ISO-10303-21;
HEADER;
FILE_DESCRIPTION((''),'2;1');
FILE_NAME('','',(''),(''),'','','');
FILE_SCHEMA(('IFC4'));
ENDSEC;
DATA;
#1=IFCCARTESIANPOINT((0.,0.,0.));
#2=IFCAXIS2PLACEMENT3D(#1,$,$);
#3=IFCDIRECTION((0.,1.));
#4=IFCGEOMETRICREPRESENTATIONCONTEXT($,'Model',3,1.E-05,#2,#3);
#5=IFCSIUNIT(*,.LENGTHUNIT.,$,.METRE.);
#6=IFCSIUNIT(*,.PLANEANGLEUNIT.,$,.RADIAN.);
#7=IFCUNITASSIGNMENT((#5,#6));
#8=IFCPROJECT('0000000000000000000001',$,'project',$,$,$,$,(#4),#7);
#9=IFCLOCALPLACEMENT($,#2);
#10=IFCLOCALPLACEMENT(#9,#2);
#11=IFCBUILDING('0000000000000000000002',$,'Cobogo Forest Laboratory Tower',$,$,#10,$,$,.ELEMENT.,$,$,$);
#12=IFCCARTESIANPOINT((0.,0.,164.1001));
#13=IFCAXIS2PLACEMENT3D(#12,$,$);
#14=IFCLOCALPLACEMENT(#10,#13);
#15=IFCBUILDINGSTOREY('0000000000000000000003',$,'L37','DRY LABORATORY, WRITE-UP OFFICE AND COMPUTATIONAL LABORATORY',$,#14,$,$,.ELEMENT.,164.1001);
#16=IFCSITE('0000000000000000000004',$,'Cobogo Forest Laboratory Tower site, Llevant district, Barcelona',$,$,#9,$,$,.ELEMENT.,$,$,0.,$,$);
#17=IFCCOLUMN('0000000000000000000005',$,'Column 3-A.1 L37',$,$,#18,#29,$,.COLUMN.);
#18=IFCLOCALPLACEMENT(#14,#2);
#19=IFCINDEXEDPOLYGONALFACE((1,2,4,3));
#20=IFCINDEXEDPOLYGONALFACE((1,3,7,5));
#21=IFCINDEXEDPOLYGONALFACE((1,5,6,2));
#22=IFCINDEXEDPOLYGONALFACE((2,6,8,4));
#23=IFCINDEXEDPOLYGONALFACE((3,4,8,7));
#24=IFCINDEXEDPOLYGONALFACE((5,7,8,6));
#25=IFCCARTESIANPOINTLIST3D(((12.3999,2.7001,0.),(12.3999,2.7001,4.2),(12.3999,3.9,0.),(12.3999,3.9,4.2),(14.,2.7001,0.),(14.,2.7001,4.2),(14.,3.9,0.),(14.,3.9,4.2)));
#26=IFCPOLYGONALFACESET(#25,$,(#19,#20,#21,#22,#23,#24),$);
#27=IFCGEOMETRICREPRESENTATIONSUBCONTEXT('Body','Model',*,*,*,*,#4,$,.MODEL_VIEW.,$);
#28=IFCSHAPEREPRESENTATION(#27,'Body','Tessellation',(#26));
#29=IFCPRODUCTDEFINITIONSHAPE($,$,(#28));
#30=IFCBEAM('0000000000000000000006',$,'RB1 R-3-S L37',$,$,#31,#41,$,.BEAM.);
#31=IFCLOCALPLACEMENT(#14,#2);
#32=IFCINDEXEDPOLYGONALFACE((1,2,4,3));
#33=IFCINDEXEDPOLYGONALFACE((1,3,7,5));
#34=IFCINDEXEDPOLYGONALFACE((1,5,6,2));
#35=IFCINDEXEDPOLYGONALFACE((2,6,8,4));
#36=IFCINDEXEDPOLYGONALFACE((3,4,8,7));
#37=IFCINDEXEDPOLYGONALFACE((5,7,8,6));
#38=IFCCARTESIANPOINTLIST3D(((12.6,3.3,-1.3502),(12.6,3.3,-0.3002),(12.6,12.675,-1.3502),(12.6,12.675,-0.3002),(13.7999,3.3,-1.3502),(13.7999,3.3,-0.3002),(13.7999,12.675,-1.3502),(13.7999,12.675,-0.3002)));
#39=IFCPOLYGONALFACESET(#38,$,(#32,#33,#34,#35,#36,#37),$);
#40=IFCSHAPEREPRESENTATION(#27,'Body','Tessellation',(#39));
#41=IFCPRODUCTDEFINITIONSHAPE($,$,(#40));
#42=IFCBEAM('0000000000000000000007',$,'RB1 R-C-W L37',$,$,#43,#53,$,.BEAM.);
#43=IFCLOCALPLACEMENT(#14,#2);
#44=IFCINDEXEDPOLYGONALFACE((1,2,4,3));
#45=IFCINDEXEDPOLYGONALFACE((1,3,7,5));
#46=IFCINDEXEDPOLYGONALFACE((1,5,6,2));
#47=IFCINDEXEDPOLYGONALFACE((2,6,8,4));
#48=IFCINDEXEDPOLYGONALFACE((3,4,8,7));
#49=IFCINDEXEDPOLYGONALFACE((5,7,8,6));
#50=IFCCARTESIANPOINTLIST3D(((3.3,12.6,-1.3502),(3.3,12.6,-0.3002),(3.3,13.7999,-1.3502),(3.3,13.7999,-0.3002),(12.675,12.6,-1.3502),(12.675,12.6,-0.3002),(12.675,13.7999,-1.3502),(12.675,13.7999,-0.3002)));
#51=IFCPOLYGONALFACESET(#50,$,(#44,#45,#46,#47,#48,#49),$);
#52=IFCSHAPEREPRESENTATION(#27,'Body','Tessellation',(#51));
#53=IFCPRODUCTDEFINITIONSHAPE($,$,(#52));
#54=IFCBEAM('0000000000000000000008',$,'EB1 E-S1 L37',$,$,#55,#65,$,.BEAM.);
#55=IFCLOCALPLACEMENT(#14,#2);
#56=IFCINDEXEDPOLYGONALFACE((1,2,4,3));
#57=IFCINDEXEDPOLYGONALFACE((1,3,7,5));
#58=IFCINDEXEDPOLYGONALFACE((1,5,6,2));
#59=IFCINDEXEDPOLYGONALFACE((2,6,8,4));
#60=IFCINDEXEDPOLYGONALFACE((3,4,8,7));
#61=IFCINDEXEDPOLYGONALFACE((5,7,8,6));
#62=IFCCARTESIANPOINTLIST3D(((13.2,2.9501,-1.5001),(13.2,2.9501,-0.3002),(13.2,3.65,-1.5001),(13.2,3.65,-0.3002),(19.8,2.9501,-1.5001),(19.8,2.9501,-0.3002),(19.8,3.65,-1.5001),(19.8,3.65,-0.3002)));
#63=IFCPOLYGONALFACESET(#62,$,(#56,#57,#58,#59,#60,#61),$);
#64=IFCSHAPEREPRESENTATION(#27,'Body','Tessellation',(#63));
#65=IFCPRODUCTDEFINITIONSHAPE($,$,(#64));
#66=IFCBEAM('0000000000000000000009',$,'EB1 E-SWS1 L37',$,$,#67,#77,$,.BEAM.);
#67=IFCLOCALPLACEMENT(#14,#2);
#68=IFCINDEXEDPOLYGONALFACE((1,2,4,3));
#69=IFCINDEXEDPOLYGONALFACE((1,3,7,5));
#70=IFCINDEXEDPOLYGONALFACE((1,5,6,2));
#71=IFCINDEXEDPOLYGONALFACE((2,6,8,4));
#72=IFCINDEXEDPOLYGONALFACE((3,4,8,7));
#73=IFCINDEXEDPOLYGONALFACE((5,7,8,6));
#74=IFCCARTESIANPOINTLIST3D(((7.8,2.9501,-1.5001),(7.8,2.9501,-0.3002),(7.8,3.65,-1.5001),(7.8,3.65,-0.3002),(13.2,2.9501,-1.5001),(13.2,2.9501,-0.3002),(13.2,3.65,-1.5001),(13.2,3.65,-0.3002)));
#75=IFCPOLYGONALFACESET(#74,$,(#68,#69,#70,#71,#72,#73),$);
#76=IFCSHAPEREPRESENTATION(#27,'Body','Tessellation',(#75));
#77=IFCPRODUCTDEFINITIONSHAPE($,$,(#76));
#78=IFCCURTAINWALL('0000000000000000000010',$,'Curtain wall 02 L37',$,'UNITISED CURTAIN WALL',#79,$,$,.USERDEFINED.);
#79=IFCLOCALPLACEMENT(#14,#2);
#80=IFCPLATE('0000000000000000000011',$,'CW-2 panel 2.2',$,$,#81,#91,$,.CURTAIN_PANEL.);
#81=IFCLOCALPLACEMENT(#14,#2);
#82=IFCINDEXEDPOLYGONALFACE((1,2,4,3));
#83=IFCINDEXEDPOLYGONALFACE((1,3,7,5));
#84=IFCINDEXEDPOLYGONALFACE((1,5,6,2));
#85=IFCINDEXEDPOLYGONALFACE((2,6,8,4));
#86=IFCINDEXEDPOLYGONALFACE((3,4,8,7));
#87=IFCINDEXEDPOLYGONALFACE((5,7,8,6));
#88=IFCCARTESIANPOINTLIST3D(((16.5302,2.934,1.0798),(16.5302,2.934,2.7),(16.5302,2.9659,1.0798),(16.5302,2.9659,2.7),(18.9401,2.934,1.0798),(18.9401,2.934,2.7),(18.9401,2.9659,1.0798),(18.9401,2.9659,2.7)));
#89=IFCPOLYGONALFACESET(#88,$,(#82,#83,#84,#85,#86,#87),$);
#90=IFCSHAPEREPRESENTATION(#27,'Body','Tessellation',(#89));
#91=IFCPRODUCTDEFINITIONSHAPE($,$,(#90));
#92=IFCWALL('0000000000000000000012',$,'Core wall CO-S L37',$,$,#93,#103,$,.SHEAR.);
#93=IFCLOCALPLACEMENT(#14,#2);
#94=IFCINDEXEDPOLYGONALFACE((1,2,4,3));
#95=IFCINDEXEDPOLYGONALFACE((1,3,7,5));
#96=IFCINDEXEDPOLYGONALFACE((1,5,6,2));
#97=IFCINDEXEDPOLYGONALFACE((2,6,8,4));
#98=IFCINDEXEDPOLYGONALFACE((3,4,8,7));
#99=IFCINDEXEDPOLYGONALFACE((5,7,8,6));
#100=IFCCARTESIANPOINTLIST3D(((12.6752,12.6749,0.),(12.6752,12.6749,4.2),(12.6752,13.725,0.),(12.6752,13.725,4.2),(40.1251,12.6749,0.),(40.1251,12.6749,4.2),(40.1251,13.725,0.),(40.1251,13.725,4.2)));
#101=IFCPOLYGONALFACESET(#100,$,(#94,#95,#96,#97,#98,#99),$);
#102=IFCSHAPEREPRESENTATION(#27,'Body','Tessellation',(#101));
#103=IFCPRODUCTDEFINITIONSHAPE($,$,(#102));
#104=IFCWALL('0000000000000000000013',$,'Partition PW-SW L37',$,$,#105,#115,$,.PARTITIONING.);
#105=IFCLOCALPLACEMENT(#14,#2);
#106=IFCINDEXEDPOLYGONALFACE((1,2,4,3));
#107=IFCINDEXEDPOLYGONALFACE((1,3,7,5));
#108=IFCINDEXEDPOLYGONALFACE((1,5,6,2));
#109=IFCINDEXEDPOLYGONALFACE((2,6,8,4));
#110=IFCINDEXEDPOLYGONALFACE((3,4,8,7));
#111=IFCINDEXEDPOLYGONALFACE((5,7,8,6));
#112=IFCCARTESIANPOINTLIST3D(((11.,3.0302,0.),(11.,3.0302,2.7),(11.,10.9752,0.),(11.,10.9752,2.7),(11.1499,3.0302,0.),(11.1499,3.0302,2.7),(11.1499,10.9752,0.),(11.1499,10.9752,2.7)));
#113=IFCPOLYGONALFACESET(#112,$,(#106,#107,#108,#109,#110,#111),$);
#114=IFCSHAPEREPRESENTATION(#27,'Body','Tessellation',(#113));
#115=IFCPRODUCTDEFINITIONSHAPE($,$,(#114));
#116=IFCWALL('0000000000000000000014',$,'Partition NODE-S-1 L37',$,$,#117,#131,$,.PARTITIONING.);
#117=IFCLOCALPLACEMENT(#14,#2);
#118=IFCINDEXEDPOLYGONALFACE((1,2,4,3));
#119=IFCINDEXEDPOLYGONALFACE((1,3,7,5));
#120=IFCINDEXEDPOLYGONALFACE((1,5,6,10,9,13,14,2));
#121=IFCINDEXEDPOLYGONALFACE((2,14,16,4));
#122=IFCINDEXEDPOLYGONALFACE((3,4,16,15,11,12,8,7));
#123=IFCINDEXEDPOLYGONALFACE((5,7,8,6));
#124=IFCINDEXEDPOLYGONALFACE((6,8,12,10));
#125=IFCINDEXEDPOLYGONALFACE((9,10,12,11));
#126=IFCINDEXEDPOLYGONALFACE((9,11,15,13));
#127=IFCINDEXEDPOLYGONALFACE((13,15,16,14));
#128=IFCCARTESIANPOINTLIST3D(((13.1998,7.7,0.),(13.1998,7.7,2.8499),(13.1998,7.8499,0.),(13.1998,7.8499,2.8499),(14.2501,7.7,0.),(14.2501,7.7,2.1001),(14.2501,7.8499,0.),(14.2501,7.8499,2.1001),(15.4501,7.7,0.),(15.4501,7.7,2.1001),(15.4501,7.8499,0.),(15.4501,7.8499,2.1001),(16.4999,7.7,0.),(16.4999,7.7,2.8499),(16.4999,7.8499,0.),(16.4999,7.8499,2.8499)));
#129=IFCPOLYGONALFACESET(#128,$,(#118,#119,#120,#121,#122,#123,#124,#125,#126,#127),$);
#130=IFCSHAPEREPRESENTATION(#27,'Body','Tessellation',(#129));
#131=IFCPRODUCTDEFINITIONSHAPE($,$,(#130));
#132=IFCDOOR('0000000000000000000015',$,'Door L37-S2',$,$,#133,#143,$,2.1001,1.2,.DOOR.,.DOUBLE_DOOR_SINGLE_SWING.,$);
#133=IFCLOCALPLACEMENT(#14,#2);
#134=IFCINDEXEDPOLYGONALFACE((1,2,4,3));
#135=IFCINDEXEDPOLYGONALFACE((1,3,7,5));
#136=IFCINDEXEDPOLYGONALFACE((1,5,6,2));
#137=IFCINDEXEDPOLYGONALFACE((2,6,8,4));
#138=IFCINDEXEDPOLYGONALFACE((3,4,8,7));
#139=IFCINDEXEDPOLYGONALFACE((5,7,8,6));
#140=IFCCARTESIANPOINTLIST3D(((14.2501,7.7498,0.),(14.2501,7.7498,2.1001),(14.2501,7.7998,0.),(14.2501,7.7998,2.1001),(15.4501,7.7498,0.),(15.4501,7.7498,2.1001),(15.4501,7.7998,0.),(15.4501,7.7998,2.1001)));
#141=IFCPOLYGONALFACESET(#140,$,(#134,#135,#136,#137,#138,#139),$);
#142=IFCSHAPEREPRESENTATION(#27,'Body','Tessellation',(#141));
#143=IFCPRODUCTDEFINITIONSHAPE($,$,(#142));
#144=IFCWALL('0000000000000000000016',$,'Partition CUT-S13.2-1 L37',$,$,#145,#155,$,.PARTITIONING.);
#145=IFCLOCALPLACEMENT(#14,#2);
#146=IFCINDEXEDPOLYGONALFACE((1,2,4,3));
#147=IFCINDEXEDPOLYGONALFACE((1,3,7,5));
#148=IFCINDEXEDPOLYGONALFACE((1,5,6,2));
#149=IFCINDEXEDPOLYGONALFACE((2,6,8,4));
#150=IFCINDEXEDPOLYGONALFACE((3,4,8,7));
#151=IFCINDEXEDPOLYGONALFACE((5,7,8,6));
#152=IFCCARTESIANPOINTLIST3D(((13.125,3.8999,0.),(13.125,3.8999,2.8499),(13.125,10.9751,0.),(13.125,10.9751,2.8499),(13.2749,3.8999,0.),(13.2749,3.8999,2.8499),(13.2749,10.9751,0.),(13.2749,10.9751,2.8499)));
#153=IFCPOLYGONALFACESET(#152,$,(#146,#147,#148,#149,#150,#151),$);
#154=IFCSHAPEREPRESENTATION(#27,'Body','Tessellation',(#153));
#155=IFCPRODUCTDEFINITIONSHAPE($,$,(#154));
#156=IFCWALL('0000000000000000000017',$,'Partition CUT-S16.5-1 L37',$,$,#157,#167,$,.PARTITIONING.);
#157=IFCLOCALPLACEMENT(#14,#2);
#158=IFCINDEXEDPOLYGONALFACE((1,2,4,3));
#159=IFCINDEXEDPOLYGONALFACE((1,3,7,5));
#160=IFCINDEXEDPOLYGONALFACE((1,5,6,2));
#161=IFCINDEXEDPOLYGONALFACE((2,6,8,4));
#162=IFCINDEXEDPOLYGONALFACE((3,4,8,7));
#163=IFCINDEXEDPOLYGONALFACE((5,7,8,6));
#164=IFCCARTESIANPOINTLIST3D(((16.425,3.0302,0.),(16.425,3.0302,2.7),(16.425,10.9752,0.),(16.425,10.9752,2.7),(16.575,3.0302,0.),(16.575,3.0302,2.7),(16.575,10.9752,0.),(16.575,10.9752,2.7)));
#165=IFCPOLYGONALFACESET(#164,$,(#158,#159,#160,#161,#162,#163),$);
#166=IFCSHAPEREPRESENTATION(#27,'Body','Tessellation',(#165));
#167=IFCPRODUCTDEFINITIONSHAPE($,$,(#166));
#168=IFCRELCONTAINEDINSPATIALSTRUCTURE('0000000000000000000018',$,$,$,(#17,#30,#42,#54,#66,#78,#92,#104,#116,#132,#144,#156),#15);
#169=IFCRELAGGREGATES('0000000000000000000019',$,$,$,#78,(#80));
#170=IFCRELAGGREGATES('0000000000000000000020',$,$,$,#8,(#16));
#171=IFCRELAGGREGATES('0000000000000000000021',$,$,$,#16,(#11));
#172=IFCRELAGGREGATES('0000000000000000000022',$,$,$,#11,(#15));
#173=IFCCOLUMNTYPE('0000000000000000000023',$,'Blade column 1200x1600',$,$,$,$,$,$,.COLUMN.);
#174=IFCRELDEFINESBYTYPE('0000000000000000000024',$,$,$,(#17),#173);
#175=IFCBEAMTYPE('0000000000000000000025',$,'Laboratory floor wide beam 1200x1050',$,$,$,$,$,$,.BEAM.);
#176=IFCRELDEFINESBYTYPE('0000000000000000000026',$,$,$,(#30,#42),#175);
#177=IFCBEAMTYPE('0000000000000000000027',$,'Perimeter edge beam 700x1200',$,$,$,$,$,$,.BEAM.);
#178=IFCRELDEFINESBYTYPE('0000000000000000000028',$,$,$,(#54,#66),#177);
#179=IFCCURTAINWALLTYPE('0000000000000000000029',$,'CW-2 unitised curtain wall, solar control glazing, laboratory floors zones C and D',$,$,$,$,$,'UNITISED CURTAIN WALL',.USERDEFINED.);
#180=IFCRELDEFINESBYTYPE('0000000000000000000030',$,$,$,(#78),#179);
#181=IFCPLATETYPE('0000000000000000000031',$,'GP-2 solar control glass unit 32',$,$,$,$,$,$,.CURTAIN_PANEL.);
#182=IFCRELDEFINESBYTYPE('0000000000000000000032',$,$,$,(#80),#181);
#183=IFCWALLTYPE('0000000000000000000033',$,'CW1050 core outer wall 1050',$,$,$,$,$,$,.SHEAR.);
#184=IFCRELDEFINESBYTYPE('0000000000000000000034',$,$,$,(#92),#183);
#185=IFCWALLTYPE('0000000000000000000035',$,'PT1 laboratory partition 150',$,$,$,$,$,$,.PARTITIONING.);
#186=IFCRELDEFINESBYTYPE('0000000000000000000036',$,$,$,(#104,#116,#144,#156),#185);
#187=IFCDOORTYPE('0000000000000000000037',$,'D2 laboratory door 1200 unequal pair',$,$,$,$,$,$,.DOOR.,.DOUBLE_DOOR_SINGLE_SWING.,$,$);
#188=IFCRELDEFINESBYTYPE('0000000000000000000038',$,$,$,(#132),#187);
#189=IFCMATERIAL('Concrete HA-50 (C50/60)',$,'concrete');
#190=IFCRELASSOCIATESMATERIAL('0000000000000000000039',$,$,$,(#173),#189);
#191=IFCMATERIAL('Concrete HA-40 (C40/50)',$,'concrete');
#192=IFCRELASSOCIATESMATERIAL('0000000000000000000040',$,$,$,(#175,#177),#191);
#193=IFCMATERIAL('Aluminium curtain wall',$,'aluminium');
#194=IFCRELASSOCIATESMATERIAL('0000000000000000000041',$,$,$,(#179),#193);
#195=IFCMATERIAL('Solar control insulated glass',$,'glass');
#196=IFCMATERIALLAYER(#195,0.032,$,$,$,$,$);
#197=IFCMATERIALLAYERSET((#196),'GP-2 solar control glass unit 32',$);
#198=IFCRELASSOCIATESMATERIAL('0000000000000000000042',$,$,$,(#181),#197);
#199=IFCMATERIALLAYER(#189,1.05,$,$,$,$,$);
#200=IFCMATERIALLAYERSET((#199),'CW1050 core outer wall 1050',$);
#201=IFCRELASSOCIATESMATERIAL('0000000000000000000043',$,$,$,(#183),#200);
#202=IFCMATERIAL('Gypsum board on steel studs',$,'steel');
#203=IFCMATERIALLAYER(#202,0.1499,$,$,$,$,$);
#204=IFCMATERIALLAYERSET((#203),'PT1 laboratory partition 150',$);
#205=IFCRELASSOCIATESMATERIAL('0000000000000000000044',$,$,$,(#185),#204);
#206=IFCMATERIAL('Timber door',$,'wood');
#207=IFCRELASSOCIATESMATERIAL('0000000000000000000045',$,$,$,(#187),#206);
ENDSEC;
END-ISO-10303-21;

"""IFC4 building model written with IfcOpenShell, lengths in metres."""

from ifc_helpers import new_model, si_unit, direction, frame, frame_2d, origin, origin_2d, place, context, subcontext, project, spatial, rectangle, extrude, material, layer, layer_set, material_profile, profile_set, type_object, element, fill, aggregate, save


model = new_model("IFC4")

# Units and contexts
model_context = context("Model", 3, precision=1e-05, world=origin(), true_north=direction((0.0, 1.0)))
body_context = subcontext(model_context, "Body", "Model", "MODEL_VIEW")
ifc_project = project(units=[si_unit("LENGTHUNIT", "METRE"), si_unit("PLANEANGLEUNIT", "RADIAN")], contexts=[model_context])

# Site, building, storey
site_placement = place(None, origin())
site = spatial("IfcSite", under=ifc_project, at=site_placement, Name="Cobogo Forest Laboratory Tower site, Llevant district, Barcelona", CompositionType="ELEMENT", RefElevation=0.0)
building_placement = place(site_placement, origin())
building = spatial("IfcBuilding", under=site, at=building_placement, Name="Cobogo Forest Laboratory Tower", CompositionType="ELEMENT")
storey_placement = place(building_placement, frame((0.0, 0.0, 164.1001)))
storey = spatial("IfcBuildingStorey", under=building, at=storey_placement, Name="L37", Description="DRY LABORATORY, WRITE-UP OFFICE AND COMPUTATIONAL LABORATORY", CompositionType="ELEMENT", Elevation=164.1001)

# Column
ifc_material_1 = material(Name="Concrete HA-50 (C50/60)", Category="concrete")
ifc_material_profile_1 = material_profile(ifc_material_1, rectangle(XDim=1.6001, YDim=1.2, at=origin_2d()), Name="RC 1200x1600")
ifc_profile_set_1 = profile_set([ifc_material_profile_1], Name="Concrete HA-50 (C50/60)")
column_type = type_object("IfcColumnType", Name="Blade column 1200x1600", PredefinedType="COLUMN", material=ifc_profile_set_1)
column_placement = place(storey_placement, frame((13.2, 3.3, 0.0), z_axis=(0.0, 0.0, 1.0), x_axis=(1.0, 0.0, 0.0)))
element("IfcColumn", 1, at=column_placement, inside=storey, type_object=column_type, Name="Column 3-A.1 L37", PredefinedType="COLUMN", context=body_context, shape_type="SweptSolid", body=[
    extrude(rectangle(XDim=1.6001, YDim=1.2, at=origin_2d()), origin(), (0.0, 0.0, 1.0), 4.2),
])

# Beams
ifc_material_2 = material(Name="Concrete HA-40 (C40/50)", Category="concrete")
ifc_material_profile_2 = material_profile(ifc_material_2, rectangle(XDim=1.2, YDim=1.05, at=origin_2d()), Name="RC 1200x1050")
ifc_profile_set_2 = profile_set([ifc_material_profile_2], Name="Concrete HA-40 (C40/50)")
beam_type_1 = type_object("IfcBeamType", Name="Laboratory floor wide beam 1200x1050", PredefinedType="BEAM", material=ifc_profile_set_2)
for number, where, z_axis, x_axis, name in (
    (2, (13.2, 12.675, -0.8252), (0.0, -1.0, 0.0), (1.0, 0.0, 0.0), "RB1 R-3-S L37"),
    (3, (12.675, 13.2, -0.8252), (-1.0, 0.0, 0.0), (0.0, -1.0, 0.0), "RB1 R-C-W L37"),
):
    element("IfcBeam", number, at=place(storey_placement, frame(where, z_axis=z_axis, x_axis=x_axis)), inside=storey, type_object=beam_type_1, Name=name, PredefinedType="BEAM", context=body_context, shape_type="SweptSolid", body=[
        extrude(rectangle(XDim=1.2, YDim=1.05, at=origin_2d()), origin(), (0.0, 0.0, 1.0), 9.375),
    ])
ifc_material_profile_3 = material_profile(ifc_material_2, rectangle(XDim=0.7, YDim=1.2, at=origin_2d()), Name="RC 700x1200")
ifc_profile_set_3 = profile_set([ifc_material_profile_3], Name="Concrete HA-40 (C40/50)")
beam_type_2 = type_object("IfcBeamType", Name="Perimeter edge beam 700x1200", PredefinedType="BEAM", material=ifc_profile_set_3)
beam_1_placement = place(storey_placement, frame((13.2, 3.3, -0.9001), z_axis=(1.0, 0.0, 0.0), x_axis=(0.0, 1.0, 0.0)))
element("IfcBeam", 4, at=beam_1_placement, inside=storey, type_object=beam_type_2, Name="EB1 E-S1 L37", PredefinedType="BEAM", context=body_context, shape_type="SweptSolid", body=[
    extrude(rectangle(XDim=0.7, YDim=1.2, at=origin_2d()), origin(), (0.0, 0.0, 1.0), 6.6001),
])
beam_2_placement = place(storey_placement, frame((13.2, 3.3, -0.9001), z_axis=(-1.0, 0.0, 0.0), x_axis=(0.0, -1.0, 0.0)))
element("IfcBeam", 5, at=beam_2_placement, inside=storey, type_object=beam_type_2, Name="EB1 E-SWS1 L37", PredefinedType="BEAM", context=body_context, shape_type="SweptSolid", body=[
    extrude(rectangle(XDim=0.7, YDim=1.2, at=origin_2d()), origin(), (0.0, 0.0, 1.0), 5.3999),
])

# Curtain wall, plate
ifc_material_3 = material(Name="Aluminium curtain wall", Category="aluminium")
curtain_wall_type = type_object("IfcCurtainWallType", Name="CW-2 unitised curtain wall, solar control glazing, laboratory floors zones C and D", ElementType="UNITISED CURTAIN WALL", PredefinedType="USERDEFINED", material=ifc_material_3)
curtain_wall_placement = place(storey_placement, origin())
curtain_wall = element("IfcCurtainWall", 6, at=curtain_wall_placement, inside=storey, type_object=curtain_wall_type, Name="Curtain wall 02 L37", ObjectType="UNITISED CURTAIN WALL", PredefinedType="USERDEFINED")
ifc_material_4 = material(Name="Solar control insulated glass", Category="glass")
ifc_layer_1 = layer(ifc_material_4, 0.032)
ifc_layer_set_1 = layer_set([ifc_layer_1], Name="GP-2 solar control glass unit 32")
plate_type = type_object("IfcPlateType", Name="GP-2 solar control glass unit 32", PredefinedType="CURTAIN_PANEL", material=ifc_layer_set_1)
plate_placement = place(storey_placement, frame((17.7351, 2.95, 1.0798), z_axis=(0.0, 0.0, 1.0), x_axis=(1.0, 0.0, 0.0)))
plate = element("IfcPlate", 7, at=plate_placement, type_object=plate_type, Name="CW-2 panel 2.2", PredefinedType="CURTAIN_PANEL", context=body_context, shape_type="SweptSolid", body=[
    extrude(rectangle(XDim=2.4099, YDim=0.032, at=origin_2d()), origin(), (0.0, 0.0, 1.0), 1.6201),
])
aggregate(curtain_wall, [plate])

# Walls
ifc_layer_2 = layer(ifc_material_1, 1.05)
ifc_layer_set_2 = layer_set([ifc_layer_2], Name="CW1050 core outer wall 1050")
wall_type_1 = type_object("IfcWallType", Name="CW1050 core outer wall 1050", PredefinedType="SHEAR", material=ifc_layer_set_2)
wall_1_placement = place(storey_placement, frame((12.675, 13.2, 0.0), z_axis=(0.0, 0.0, 1.0), x_axis=(1.0, 0.0, 0.0)))
element("IfcWall", 8, at=wall_1_placement, inside=storey, type_object=wall_type_1, Name="Core wall CO-S L37", PredefinedType="SHEAR", context=body_context, shape_type="SweptSolid", body=[
    extrude(rectangle(XDim=27.45, YDim=1.05, at=frame_2d((13.7251, 0.0))), origin(), (0.0, 0.0, 1.0), 4.2),
])
ifc_material_5 = material(Name="Gypsum board on steel studs", Category="steel")
ifc_layer_3 = layer(ifc_material_5, 0.1499)
ifc_layer_set_3 = layer_set([ifc_layer_3], Name="PT1 laboratory partition 150")
wall_type_2 = type_object("IfcWallType", Name="PT1 laboratory partition 150", PredefinedType="PARTITIONING", material=ifc_layer_set_3)
wall_2_placement = place(storey_placement, frame((11.075, 3.03, 0.0), z_axis=(0.0, 0.0, 1.0), x_axis=(0.0, 1.0, 0.0)))
element("IfcWall", 9, at=wall_2_placement, inside=storey, type_object=wall_type_2, Name="Partition PW-SW L37", PredefinedType="PARTITIONING", context=body_context, shape_type="SweptSolid", body=[
    extrude(rectangle(XDim=7.9451, YDim=0.1499, at=frame_2d((3.9727, 0.0))), origin(), (0.0, 0.0, 1.0), 2.7),
])

# Wall, opening, door
wall_3_placement = place(storey_placement, frame((13.2, 7.7749, 0.0), z_axis=(0.0, 0.0, 1.0), x_axis=(1.0, 0.0, 0.0)))
wall_3 = element("IfcWall", 10, at=wall_3_placement, inside=storey, type_object=wall_type_2, Name="Partition NODE-S-1 L37", PredefinedType="PARTITIONING", context=body_context, shape_type="SweptSolid", body=[
    extrude(rectangle(XDim=3.3, YDim=0.1499, at=frame_2d((1.6499, 0.0))), origin(), (0.0, 0.0, 1.0), 2.8499),
])
opening_1_placement = place(wall_3_placement, frame((1.05, 0.0, 0.0)))
opening_1 = element("IfcOpeningElement", 11, at=opening_1_placement, cuts=wall_3, PredefinedType="OPENING", context=body_context, shape_type="SweptSolid", body=[
    extrude(rectangle(XDim=1.2, YDim=2.1001, at=frame_2d((0.6001, 1.05))), frame((0.0, 0.085, 0.0), z_axis=(0.0, -1.0, 0.0), x_axis=(1.0, 0.0, 0.0)), (0.0, 0.0, 1.0), 0.1699),
])
ifc_material_6 = material(Name="Timber door", Category="wood")
door_type_1 = type_object("IfcDoorType", Name="D2 laboratory door 1200 unequal pair", OperationType="DOUBLE_DOOR_SINGLE_SWING", PredefinedType="DOOR", material=ifc_material_6)
door_1_placement = place(opening_1_placement, origin())
door_1 = element("IfcDoor", 12, at=door_1_placement, inside=storey, type_object=door_type_1, Name="Door L37-S2", OperationType="DOUBLE_DOOR_SINGLE_SWING", OverallHeight=2.1001, OverallWidth=1.2, PredefinedType="DOOR", context=body_context, shape_type="SweptSolid", body=[
    extrude(rectangle(XDim=1.2, YDim=2.1001, at=frame_2d((0.6001, 1.05))), frame((0.0, 0.0249, 0.0), z_axis=(0.0, -1.0, 0.0), x_axis=(1.0, 0.0, 0.0)), (0.0, 0.0, 1.0), 0.05),
])
fill(opening_1, door_1)

# Walls
wall_4_placement = place(storey_placement, frame((13.2, 3.8999, 0.0), z_axis=(0.0, 0.0, 1.0), x_axis=(0.0, 1.0, 0.0)))
element("IfcWall", 13, at=wall_4_placement, inside=storey, type_object=wall_type_2, Name="Partition CUT-S13.2-1 L37", PredefinedType="PARTITIONING", context=body_context, shape_type="SweptSolid", body=[
    extrude(rectangle(XDim=7.0752, YDim=0.1499, at=frame_2d((3.5376, 0.0))), origin(), (0.0, 0.0, 1.0), 2.8499),
])
wall_5_placement = place(storey_placement, frame((16.5, 3.03, 0.0), z_axis=(0.0, 0.0, 1.0), x_axis=(0.0, 1.0, 0.0)))
element("IfcWall", 14, at=wall_5_placement, inside=storey, type_object=wall_type_2, Name="Partition CUT-S16.5-1 L37", PredefinedType="PARTITIONING", context=body_context, shape_type="SweptSolid", body=[
    extrude(rectangle(XDim=7.9451, YDim=0.1499, at=frame_2d((3.9727, 0.0))), origin(), (0.0, 0.0, 1.0), 2.7),
])

save(model, "model.ifc")
